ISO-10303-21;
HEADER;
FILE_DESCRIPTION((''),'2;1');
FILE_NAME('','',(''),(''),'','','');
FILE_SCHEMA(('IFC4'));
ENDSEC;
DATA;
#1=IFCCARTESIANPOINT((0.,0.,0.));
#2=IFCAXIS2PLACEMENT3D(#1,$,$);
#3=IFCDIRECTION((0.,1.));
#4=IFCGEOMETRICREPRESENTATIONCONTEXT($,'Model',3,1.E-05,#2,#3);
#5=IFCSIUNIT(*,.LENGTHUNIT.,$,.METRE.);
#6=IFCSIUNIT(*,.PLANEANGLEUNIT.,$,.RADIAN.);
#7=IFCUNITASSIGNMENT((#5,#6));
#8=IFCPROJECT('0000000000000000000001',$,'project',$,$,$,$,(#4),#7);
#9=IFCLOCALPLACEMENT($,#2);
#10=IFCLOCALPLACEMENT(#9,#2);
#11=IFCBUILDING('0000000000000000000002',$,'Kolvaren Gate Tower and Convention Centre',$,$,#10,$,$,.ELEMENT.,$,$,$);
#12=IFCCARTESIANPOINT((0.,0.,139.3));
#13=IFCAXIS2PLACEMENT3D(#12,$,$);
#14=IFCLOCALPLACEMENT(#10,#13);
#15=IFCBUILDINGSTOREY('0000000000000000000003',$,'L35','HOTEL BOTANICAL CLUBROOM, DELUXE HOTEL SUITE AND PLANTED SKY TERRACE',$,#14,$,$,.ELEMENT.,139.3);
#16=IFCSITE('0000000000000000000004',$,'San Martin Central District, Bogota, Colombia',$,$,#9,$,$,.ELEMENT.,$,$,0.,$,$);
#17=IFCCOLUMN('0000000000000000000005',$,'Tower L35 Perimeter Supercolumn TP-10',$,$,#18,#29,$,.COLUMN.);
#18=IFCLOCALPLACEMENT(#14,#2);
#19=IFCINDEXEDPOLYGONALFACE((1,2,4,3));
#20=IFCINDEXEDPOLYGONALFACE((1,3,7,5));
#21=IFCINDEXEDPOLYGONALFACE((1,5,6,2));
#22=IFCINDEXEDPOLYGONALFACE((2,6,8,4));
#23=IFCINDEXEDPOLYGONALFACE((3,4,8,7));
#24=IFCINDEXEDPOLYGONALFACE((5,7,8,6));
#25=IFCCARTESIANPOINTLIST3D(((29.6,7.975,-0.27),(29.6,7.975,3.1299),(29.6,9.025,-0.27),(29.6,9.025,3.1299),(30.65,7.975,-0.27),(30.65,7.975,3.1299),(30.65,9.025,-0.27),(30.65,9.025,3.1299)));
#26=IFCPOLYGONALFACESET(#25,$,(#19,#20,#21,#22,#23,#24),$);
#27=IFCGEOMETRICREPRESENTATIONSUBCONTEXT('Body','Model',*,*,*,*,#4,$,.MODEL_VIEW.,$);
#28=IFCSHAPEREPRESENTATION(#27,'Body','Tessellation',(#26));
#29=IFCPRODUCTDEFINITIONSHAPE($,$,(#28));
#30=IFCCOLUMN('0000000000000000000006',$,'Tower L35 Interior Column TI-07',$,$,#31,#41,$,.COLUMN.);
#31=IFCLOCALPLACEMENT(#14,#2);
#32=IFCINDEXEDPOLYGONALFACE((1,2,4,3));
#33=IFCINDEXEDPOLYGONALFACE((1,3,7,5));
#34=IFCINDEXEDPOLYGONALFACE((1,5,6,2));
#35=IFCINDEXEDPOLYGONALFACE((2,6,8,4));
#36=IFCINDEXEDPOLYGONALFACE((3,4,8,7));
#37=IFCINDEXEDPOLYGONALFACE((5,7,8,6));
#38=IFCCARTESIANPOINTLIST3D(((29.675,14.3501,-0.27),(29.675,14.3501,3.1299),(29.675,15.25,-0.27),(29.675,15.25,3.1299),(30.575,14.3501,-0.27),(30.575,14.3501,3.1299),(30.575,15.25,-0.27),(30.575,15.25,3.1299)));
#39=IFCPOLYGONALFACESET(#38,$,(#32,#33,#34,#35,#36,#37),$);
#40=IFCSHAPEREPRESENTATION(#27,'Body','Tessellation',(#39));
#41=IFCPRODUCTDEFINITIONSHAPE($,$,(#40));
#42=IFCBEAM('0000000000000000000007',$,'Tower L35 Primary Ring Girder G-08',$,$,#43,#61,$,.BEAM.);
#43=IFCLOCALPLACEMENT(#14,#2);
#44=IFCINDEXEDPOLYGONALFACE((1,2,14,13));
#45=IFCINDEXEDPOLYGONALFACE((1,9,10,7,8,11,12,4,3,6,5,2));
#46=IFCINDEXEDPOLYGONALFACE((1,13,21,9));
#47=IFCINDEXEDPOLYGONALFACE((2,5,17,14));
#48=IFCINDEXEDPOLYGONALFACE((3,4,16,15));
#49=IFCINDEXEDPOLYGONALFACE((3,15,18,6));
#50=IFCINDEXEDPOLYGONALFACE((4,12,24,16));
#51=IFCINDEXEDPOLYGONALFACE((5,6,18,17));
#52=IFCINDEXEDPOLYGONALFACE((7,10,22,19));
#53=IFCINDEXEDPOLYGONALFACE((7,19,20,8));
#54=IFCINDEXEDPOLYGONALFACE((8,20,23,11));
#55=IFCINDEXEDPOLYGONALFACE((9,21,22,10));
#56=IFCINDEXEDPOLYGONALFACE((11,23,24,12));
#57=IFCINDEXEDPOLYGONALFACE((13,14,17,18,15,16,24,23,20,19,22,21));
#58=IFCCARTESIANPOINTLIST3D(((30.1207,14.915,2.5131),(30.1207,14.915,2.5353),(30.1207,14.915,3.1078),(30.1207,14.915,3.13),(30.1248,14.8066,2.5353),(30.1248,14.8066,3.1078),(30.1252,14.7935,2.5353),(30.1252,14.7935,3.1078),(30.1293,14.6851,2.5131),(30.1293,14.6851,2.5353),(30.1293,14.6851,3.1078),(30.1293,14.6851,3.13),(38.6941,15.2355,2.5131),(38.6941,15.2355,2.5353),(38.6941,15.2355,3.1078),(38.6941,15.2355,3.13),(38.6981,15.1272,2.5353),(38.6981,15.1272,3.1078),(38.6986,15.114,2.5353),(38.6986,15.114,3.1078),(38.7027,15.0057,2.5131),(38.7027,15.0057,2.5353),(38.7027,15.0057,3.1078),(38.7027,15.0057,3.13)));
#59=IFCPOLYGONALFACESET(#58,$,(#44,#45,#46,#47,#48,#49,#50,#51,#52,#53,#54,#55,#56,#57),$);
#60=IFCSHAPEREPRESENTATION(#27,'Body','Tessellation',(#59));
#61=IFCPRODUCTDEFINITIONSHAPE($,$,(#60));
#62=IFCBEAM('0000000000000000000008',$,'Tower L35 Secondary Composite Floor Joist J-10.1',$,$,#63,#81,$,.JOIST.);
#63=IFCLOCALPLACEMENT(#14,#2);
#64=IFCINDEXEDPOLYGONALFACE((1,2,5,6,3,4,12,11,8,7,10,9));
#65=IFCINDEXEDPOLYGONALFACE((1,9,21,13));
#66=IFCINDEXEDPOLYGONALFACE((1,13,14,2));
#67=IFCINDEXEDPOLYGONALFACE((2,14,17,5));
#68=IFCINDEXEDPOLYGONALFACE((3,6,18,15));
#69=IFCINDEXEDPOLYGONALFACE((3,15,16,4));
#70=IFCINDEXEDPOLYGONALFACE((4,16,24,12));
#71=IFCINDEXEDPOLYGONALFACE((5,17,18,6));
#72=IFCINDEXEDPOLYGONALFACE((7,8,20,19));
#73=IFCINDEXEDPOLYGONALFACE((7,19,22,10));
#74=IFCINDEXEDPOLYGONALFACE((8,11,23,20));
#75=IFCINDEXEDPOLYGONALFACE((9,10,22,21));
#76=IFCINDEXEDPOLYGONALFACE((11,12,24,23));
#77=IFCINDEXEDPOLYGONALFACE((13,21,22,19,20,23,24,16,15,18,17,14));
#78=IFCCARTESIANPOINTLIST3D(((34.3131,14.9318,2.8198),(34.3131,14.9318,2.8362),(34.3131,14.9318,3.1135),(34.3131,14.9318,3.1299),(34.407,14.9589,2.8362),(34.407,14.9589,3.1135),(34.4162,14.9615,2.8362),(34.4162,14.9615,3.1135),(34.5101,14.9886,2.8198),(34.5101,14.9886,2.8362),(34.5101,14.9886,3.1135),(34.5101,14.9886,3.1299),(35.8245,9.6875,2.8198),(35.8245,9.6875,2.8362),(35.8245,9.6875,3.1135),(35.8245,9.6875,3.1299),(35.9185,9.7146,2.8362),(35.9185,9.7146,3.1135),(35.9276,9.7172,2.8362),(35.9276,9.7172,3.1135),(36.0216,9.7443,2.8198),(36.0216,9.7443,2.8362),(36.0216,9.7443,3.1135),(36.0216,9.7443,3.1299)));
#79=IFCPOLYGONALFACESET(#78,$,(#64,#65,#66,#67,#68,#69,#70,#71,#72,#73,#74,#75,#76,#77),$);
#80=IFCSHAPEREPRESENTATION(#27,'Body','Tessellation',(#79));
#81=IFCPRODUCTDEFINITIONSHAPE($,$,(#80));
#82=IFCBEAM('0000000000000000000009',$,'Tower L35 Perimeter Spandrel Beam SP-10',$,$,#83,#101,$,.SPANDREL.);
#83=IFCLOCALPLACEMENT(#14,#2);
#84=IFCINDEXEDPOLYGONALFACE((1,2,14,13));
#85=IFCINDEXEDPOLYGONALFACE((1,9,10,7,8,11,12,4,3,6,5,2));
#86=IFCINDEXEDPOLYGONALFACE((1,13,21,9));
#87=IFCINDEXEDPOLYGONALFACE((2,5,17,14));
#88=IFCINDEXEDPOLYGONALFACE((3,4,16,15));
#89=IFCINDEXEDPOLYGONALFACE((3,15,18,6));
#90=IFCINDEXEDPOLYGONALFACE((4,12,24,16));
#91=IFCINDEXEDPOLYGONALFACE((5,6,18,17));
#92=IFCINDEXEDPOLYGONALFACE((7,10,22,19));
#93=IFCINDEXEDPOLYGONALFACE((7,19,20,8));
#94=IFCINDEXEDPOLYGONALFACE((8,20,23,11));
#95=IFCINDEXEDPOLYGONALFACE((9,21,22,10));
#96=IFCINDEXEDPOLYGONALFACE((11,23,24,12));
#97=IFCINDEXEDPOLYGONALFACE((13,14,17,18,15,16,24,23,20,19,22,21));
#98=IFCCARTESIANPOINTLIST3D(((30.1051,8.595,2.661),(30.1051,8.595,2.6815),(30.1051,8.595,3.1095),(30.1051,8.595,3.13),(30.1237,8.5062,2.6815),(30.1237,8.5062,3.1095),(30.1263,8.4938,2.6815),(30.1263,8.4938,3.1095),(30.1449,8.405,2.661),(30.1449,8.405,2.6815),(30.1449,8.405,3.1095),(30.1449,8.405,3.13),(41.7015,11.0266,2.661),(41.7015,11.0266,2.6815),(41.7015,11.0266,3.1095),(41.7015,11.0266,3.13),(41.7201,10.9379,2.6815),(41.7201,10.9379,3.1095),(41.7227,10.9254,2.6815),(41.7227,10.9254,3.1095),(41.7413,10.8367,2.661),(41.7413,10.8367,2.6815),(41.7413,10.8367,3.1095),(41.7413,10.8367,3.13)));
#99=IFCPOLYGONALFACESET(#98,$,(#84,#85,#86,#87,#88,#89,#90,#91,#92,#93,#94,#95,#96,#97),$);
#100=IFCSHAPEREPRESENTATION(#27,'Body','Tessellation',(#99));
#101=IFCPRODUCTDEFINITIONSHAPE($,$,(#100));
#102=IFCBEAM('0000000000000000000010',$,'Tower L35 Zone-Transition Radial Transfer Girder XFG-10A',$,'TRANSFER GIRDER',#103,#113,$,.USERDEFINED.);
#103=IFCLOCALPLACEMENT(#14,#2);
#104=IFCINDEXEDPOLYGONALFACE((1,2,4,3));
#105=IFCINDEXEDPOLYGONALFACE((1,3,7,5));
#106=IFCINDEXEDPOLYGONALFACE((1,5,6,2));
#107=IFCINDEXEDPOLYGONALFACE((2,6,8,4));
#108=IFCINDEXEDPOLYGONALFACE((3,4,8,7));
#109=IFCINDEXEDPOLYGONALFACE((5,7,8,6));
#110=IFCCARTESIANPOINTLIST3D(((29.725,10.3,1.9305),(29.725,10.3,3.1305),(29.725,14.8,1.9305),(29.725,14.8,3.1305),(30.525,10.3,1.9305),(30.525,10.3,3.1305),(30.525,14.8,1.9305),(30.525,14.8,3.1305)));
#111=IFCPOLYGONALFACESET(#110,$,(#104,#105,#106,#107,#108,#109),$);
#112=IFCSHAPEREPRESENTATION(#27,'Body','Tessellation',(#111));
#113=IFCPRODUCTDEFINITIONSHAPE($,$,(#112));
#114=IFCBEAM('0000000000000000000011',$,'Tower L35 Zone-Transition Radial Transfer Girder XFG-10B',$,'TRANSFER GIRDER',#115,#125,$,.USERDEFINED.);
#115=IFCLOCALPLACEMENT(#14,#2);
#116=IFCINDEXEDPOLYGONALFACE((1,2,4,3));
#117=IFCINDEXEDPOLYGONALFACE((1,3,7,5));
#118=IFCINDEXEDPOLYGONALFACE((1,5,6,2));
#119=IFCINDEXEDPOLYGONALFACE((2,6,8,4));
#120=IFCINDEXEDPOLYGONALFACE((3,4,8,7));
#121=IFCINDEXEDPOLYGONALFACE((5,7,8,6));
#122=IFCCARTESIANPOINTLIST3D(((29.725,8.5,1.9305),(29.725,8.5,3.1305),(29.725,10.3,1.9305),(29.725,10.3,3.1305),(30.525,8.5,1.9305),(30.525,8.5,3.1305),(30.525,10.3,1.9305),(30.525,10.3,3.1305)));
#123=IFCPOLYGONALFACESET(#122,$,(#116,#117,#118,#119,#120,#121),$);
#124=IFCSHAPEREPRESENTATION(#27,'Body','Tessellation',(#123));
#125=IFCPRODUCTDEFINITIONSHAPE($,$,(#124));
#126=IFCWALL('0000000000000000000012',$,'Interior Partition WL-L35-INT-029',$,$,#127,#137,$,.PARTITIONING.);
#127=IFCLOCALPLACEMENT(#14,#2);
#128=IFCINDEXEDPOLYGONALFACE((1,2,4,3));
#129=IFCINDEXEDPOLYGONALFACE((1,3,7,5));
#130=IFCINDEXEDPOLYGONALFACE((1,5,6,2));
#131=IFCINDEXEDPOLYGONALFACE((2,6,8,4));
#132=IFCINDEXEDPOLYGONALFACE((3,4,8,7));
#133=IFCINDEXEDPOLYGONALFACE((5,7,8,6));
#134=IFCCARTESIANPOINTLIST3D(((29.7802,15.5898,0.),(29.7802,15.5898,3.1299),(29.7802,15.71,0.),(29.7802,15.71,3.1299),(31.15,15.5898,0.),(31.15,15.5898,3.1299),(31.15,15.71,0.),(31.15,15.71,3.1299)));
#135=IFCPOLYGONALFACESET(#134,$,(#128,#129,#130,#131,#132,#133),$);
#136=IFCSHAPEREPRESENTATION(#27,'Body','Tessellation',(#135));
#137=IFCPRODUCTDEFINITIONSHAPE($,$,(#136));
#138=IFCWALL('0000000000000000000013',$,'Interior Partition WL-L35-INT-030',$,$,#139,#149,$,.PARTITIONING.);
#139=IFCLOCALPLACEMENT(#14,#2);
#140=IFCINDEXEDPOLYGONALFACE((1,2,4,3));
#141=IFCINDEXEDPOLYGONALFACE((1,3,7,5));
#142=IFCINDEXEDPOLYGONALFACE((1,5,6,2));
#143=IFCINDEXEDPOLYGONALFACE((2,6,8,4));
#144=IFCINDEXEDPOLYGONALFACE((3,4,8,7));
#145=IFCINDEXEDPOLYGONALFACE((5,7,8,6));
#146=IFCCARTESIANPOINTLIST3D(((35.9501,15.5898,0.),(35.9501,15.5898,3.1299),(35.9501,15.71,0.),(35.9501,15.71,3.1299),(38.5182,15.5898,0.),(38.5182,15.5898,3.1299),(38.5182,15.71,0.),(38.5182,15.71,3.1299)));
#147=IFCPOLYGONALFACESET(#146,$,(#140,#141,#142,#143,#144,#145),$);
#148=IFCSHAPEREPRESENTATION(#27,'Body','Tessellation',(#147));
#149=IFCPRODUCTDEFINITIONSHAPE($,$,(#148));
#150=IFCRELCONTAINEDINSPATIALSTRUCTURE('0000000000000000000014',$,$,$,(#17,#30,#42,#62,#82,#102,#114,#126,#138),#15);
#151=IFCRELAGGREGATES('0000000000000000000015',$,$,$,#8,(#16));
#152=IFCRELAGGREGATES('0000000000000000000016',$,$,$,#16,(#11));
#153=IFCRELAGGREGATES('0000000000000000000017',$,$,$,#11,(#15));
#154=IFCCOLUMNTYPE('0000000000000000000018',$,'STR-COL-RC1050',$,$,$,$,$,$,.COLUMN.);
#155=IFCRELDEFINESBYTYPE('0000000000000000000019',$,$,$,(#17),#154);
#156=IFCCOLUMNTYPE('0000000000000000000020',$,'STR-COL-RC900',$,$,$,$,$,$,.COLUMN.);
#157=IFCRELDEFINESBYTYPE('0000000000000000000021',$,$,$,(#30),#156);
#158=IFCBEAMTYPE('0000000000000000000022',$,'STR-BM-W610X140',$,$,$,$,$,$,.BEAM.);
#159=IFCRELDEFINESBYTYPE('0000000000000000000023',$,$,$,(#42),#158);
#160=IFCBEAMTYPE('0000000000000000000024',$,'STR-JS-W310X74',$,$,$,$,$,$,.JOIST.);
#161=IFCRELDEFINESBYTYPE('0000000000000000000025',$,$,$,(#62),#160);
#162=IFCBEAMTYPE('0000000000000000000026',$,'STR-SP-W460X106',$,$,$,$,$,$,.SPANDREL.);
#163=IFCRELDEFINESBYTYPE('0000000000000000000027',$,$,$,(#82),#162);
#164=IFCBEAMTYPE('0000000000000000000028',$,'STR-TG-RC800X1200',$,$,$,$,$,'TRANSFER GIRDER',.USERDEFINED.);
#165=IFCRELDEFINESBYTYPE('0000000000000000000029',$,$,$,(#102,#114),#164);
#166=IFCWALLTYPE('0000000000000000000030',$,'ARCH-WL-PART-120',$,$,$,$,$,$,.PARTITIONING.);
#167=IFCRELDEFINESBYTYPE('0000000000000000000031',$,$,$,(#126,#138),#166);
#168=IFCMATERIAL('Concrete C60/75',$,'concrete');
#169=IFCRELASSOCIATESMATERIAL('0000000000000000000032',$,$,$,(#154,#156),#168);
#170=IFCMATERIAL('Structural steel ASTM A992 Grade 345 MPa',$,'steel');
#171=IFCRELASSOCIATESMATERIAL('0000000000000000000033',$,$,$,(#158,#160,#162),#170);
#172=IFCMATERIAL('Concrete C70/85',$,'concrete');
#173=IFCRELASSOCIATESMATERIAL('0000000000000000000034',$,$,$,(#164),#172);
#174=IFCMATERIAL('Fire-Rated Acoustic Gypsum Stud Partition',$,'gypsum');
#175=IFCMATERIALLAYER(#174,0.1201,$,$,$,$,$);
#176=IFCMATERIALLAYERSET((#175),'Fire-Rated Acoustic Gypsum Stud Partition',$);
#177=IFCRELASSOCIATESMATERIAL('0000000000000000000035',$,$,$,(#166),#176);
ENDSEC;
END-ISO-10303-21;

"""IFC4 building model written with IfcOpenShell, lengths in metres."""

from ifc_helpers import new_model, si_unit, direction, frame, frame_2d, origin, origin_2d, place, context, subcontext, project, spatial, rectangle, i_section, extrude, material, layer, layer_set, material_profile, profile_set, type_object, element, save


model = new_model("IFC4")

# Units and contexts
model_context = context("Model", 3, precision=1e-05, world=origin(), true_north=direction((0.0, 1.0)))
body_context = subcontext(model_context, "Body", "Model", "MODEL_VIEW")
ifc_project = project(units=[si_unit("LENGTHUNIT", "METRE"), si_unit("PLANEANGLEUNIT", "RADIAN")], contexts=[model_context])

# Site, building, storey
site_placement = place(None, origin())
site = spatial("IfcSite", under=ifc_project, at=site_placement, Name="San Martin Central District, Bogota, Colombia", CompositionType="ELEMENT", RefElevation=0.0)
building_placement = place(site_placement, origin())
building = spatial("IfcBuilding", under=site, at=building_placement, Name="Kolvaren Gate Tower and Convention Centre", CompositionType="ELEMENT")
storey_placement = place(building_placement, frame((0.0, 0.0, 139.3)))
storey = spatial("IfcBuildingStorey", under=building, at=storey_placement, Name="L35", Description="HOTEL BOTANICAL CLUBROOM, DELUXE HOTEL SUITE AND PLANTED SKY TERRACE", CompositionType="ELEMENT", Elevation=139.3)

# Columns
ifc_material_1 = material(Name="Concrete C60/75", Category="concrete")
ifc_material_profile_1 = material_profile(ifc_material_1, rectangle(XDim=1.05, YDim=1.05, at=origin_2d()), Name="RC-COL-1050X1050")
ifc_profile_set_1 = profile_set([ifc_material_profile_1], Name="Concrete C60/75")
column_type_1 = type_object("IfcColumnType", Name="STR-COL-RC1050", PredefinedType="COLUMN", material=ifc_profile_set_1)
column_1_placement = place(storey_placement, frame((30.125, 8.5, -0.27), z_axis=(0.0, 0.0, 1.0), x_axis=(1.0, 0.0, 0.0)))
element("IfcColumn", 1, at=column_1_placement, inside=storey, type_object=column_type_1, Name="Tower L35 Perimeter Supercolumn TP-10", PredefinedType="COLUMN", context=body_context, shape_type="SweptSolid", body=[
    extrude(rectangle(XDim=1.05, YDim=1.05, at=origin_2d()), origin(), (0.0, 0.0, 1.0), 3.3999),
])
ifc_material_profile_2 = material_profile(ifc_material_1, rectangle(XDim=0.8999, YDim=0.8999, at=origin_2d()), Name="RC-COL-900X900")
ifc_profile_set_2 = profile_set([ifc_material_profile_2], Name="Concrete C60/75")
column_type_2 = type_object("IfcColumnType", Name="STR-COL-RC900", PredefinedType="COLUMN", material=ifc_profile_set_2)
column_2_placement = place(storey_placement, frame((30.125, 14.8, -0.27), z_axis=(0.0, 0.0, 1.0), x_axis=(1.0, 0.0, 0.0)))
element("IfcColumn", 2, at=column_2_placement, inside=storey, type_object=column_type_2, Name="Tower L35 Interior Column TI-07", PredefinedType="COLUMN", context=body_context, shape_type="SweptSolid", body=[
    extrude(rectangle(XDim=0.8999, YDim=0.8999, at=origin_2d()), origin(), (0.0, 0.0, 1.0), 3.3999),
])

# Beams
ifc_material_2 = material(Name="Structural steel ASTM A992 Grade 345 MPa", Category="steel")
ifc_material_profile_3 = material_profile(ifc_material_2, i_section(OverallWidth=0.23, OverallDepth=0.6169, WebThickness=0.0132, FlangeThickness=0.0222, at=origin_2d()), Name="W610X140")
ifc_profile_set_3 = profile_set([ifc_material_profile_3], Name="Structural steel ASTM A992 Grade 345 MPa")
beam_type_1 = type_object("IfcBeamType", Name="STR-BM-W610X140", PredefinedType="BEAM", material=ifc_profile_set_3)
beam_1_placement = place(storey_placement, frame((30.125, 14.8, 2.8215), z_axis=(0.999302, 0.037364, 0.0), x_axis=(-0.037364, 0.999302, 0.0)))
element("IfcBeam", 3, at=beam_1_placement, inside=storey, type_object=beam_type_1, Name="Tower L35 Primary Ring Girder G-08", PredefinedType="BEAM", context=body_context, shape_type="SweptSolid", body=[
    extrude(i_section(OverallWidth=0.23, OverallDepth=0.6169, WebThickness=0.0132, FlangeThickness=0.0222, at=origin_2d()), origin(), (0.0, 0.0, 1.0), 8.5793),
])
ifc_material_profile_4 = material_profile(ifc_material_2, i_section(OverallWidth=0.2051, OverallDepth=0.3101, WebThickness=0.0095, FlangeThickness=0.0164, at=origin_2d()), Name="W310X74")
ifc_profile_set_4 = profile_set([ifc_material_profile_4], Name="Structural steel ASTM A992 Grade 345 MPa")
beam_type_2 = type_object("IfcBeamType", Name="STR-JS-W310X74", PredefinedType="JOIST", material=ifc_profile_set_4)
beam_2_placement = place(storey_placement, frame((34.4116, 14.9602, 2.9749), z_axis=(0.276936, -0.960888, 0.0), x_axis=(0.960888, 0.276936, 0.0)))
element("IfcBeam", 4, at=beam_2_placement, inside=storey, type_object=beam_type_2, Name="Tower L35 Secondary Composite Floor Joist J-10.1", PredefinedType="JOIST", context=body_context, shape_type="SweptSolid", body=[
    extrude(i_section(OverallWidth=0.2051, OverallDepth=0.3101, WebThickness=0.0095, FlangeThickness=0.0164, at=origin_2d()), origin(), (0.0, 0.0, 1.0), 5.4578),
])
ifc_material_profile_5 = material_profile(ifc_material_2, i_section(OverallWidth=0.1941, OverallDepth=0.469, WebThickness=0.0127, FlangeThickness=0.0205, at=origin_2d()), Name="W460X106")
ifc_profile_set_5 = profile_set([ifc_material_profile_5], Name="Structural steel ASTM A992 Grade 345 MPa")
beam_type_3 = type_object("IfcBeamType", Name="STR-SP-W460X106", PredefinedType="SPANDREL", material=ifc_profile_set_5)
beam_3_placement = place(storey_placement, frame((30.125, 8.5, 2.8955), z_axis=(0.978715, 0.205225, 0.0), x_axis=(-0.205225, 0.978715, 0.0)))
element("IfcBeam", 5, at=beam_3_placement, inside=storey, type_object=beam_type_3, Name="Tower L35 Perimeter Spandrel Beam SP-10", PredefinedType="SPANDREL", context=body_context, shape_type="SweptSolid", body=[
    extrude(i_section(OverallWidth=0.1941, OverallDepth=0.469, WebThickness=0.0127, FlangeThickness=0.0205, at=origin_2d()), origin(), (0.0, 0.0, 1.0), 11.8486),
])
ifc_material_3 = material(Name="Concrete C70/85", Category="concrete")
ifc_material_profile_6 = material_profile(ifc_material_3, rectangle(XDim=0.8, YDim=1.2, at=origin_2d()), Name="RC-BM-800X1200")
ifc_profile_set_6 = profile_set([ifc_material_profile_6], Name="Concrete C70/85")
beam_type_4 = type_object("IfcBeamType", Name="STR-TG-RC800X1200", ElementType="TRANSFER GIRDER", PredefinedType="USERDEFINED", material=ifc_profile_set_6)
beam_4_placement = place(storey_placement, frame((30.125, 14.8, 2.5305), z_axis=(0.0, -1.0, 0.0), x_axis=(1.0, 0.0, 0.0)))
element("IfcBeam", 6, at=beam_4_placement, inside=storey, type_object=beam_type_4, Name="Tower L35 Zone-Transition Radial Transfer Girder XFG-10A", ObjectType="TRANSFER GIRDER", PredefinedType="USERDEFINED", context=body_context, shape_type="SweptSolid", body=[
    extrude(rectangle(XDim=0.8, YDim=1.2, at=origin_2d()), origin(), (0.0, 0.0, 1.0), 4.5),
])
beam_5_placement = place(storey_placement, frame((30.125, 10.3, 2.5305), z_axis=(0.0, -1.0, 0.0), x_axis=(1.0, 0.0, 0.0)))
element("IfcBeam", 7, at=beam_5_placement, inside=storey, type_object=beam_type_4, Name="Tower L35 Zone-Transition Radial Transfer Girder XFG-10B", ObjectType="TRANSFER GIRDER", PredefinedType="USERDEFINED", context=body_context, shape_type="SweptSolid", body=[
    extrude(rectangle(XDim=0.8, YDim=1.2, at=origin_2d()), origin(), (0.0, 0.0, 1.0), 1.8),
])

# Walls
ifc_material_4 = material(Name="Fire-Rated Acoustic Gypsum Stud Partition", Category="gypsum")
ifc_layer_1 = layer(ifc_material_4, 0.1201)
ifc_layer_set_1 = layer_set([ifc_layer_1], Name="Fire-Rated Acoustic Gypsum Stud Partition")
wall_type_1 = type_object("IfcWallType", Name="ARCH-WL-PART-120", PredefinedType="PARTITIONING", material=ifc_layer_set_1)
wall_1_placement = place(storey_placement, frame((29.78, 15.6499, 0.0), z_axis=(0.0, 0.0, 1.0), x_axis=(1.0, 0.0, 0.0)))
element("IfcWall", 8, at=wall_1_placement, inside=storey, type_object=wall_type_1, Name="Interior Partition WL-L35-INT-029", PredefinedType="PARTITIONING", context=body_context, shape_type="SweptSolid", body=[
    extrude(rectangle(XDim=1.3699, YDim=0.1201, at=frame_2d((0.6851, 0.0))), origin(), (0.0, 0.0, 1.0), 3.1299),
])
wall_2_placement = place(storey_placement, frame((35.95, 15.6499, 0.0), z_axis=(0.0, 0.0, 1.0), x_axis=(1.0, 0.0, 0.0)))
element("IfcWall", 9, at=wall_2_placement, inside=storey, type_object=wall_type_1, Name="Interior Partition WL-L35-INT-030", PredefinedType="PARTITIONING", context=body_context, shape_type="SweptSolid", body=[
    extrude(rectangle(XDim=2.5681, YDim=0.1201, at=frame_2d((1.2842, 0.0))), origin(), (0.0, 0.0, 1.0), 3.1299),
])

save(model, "model.ifc")
